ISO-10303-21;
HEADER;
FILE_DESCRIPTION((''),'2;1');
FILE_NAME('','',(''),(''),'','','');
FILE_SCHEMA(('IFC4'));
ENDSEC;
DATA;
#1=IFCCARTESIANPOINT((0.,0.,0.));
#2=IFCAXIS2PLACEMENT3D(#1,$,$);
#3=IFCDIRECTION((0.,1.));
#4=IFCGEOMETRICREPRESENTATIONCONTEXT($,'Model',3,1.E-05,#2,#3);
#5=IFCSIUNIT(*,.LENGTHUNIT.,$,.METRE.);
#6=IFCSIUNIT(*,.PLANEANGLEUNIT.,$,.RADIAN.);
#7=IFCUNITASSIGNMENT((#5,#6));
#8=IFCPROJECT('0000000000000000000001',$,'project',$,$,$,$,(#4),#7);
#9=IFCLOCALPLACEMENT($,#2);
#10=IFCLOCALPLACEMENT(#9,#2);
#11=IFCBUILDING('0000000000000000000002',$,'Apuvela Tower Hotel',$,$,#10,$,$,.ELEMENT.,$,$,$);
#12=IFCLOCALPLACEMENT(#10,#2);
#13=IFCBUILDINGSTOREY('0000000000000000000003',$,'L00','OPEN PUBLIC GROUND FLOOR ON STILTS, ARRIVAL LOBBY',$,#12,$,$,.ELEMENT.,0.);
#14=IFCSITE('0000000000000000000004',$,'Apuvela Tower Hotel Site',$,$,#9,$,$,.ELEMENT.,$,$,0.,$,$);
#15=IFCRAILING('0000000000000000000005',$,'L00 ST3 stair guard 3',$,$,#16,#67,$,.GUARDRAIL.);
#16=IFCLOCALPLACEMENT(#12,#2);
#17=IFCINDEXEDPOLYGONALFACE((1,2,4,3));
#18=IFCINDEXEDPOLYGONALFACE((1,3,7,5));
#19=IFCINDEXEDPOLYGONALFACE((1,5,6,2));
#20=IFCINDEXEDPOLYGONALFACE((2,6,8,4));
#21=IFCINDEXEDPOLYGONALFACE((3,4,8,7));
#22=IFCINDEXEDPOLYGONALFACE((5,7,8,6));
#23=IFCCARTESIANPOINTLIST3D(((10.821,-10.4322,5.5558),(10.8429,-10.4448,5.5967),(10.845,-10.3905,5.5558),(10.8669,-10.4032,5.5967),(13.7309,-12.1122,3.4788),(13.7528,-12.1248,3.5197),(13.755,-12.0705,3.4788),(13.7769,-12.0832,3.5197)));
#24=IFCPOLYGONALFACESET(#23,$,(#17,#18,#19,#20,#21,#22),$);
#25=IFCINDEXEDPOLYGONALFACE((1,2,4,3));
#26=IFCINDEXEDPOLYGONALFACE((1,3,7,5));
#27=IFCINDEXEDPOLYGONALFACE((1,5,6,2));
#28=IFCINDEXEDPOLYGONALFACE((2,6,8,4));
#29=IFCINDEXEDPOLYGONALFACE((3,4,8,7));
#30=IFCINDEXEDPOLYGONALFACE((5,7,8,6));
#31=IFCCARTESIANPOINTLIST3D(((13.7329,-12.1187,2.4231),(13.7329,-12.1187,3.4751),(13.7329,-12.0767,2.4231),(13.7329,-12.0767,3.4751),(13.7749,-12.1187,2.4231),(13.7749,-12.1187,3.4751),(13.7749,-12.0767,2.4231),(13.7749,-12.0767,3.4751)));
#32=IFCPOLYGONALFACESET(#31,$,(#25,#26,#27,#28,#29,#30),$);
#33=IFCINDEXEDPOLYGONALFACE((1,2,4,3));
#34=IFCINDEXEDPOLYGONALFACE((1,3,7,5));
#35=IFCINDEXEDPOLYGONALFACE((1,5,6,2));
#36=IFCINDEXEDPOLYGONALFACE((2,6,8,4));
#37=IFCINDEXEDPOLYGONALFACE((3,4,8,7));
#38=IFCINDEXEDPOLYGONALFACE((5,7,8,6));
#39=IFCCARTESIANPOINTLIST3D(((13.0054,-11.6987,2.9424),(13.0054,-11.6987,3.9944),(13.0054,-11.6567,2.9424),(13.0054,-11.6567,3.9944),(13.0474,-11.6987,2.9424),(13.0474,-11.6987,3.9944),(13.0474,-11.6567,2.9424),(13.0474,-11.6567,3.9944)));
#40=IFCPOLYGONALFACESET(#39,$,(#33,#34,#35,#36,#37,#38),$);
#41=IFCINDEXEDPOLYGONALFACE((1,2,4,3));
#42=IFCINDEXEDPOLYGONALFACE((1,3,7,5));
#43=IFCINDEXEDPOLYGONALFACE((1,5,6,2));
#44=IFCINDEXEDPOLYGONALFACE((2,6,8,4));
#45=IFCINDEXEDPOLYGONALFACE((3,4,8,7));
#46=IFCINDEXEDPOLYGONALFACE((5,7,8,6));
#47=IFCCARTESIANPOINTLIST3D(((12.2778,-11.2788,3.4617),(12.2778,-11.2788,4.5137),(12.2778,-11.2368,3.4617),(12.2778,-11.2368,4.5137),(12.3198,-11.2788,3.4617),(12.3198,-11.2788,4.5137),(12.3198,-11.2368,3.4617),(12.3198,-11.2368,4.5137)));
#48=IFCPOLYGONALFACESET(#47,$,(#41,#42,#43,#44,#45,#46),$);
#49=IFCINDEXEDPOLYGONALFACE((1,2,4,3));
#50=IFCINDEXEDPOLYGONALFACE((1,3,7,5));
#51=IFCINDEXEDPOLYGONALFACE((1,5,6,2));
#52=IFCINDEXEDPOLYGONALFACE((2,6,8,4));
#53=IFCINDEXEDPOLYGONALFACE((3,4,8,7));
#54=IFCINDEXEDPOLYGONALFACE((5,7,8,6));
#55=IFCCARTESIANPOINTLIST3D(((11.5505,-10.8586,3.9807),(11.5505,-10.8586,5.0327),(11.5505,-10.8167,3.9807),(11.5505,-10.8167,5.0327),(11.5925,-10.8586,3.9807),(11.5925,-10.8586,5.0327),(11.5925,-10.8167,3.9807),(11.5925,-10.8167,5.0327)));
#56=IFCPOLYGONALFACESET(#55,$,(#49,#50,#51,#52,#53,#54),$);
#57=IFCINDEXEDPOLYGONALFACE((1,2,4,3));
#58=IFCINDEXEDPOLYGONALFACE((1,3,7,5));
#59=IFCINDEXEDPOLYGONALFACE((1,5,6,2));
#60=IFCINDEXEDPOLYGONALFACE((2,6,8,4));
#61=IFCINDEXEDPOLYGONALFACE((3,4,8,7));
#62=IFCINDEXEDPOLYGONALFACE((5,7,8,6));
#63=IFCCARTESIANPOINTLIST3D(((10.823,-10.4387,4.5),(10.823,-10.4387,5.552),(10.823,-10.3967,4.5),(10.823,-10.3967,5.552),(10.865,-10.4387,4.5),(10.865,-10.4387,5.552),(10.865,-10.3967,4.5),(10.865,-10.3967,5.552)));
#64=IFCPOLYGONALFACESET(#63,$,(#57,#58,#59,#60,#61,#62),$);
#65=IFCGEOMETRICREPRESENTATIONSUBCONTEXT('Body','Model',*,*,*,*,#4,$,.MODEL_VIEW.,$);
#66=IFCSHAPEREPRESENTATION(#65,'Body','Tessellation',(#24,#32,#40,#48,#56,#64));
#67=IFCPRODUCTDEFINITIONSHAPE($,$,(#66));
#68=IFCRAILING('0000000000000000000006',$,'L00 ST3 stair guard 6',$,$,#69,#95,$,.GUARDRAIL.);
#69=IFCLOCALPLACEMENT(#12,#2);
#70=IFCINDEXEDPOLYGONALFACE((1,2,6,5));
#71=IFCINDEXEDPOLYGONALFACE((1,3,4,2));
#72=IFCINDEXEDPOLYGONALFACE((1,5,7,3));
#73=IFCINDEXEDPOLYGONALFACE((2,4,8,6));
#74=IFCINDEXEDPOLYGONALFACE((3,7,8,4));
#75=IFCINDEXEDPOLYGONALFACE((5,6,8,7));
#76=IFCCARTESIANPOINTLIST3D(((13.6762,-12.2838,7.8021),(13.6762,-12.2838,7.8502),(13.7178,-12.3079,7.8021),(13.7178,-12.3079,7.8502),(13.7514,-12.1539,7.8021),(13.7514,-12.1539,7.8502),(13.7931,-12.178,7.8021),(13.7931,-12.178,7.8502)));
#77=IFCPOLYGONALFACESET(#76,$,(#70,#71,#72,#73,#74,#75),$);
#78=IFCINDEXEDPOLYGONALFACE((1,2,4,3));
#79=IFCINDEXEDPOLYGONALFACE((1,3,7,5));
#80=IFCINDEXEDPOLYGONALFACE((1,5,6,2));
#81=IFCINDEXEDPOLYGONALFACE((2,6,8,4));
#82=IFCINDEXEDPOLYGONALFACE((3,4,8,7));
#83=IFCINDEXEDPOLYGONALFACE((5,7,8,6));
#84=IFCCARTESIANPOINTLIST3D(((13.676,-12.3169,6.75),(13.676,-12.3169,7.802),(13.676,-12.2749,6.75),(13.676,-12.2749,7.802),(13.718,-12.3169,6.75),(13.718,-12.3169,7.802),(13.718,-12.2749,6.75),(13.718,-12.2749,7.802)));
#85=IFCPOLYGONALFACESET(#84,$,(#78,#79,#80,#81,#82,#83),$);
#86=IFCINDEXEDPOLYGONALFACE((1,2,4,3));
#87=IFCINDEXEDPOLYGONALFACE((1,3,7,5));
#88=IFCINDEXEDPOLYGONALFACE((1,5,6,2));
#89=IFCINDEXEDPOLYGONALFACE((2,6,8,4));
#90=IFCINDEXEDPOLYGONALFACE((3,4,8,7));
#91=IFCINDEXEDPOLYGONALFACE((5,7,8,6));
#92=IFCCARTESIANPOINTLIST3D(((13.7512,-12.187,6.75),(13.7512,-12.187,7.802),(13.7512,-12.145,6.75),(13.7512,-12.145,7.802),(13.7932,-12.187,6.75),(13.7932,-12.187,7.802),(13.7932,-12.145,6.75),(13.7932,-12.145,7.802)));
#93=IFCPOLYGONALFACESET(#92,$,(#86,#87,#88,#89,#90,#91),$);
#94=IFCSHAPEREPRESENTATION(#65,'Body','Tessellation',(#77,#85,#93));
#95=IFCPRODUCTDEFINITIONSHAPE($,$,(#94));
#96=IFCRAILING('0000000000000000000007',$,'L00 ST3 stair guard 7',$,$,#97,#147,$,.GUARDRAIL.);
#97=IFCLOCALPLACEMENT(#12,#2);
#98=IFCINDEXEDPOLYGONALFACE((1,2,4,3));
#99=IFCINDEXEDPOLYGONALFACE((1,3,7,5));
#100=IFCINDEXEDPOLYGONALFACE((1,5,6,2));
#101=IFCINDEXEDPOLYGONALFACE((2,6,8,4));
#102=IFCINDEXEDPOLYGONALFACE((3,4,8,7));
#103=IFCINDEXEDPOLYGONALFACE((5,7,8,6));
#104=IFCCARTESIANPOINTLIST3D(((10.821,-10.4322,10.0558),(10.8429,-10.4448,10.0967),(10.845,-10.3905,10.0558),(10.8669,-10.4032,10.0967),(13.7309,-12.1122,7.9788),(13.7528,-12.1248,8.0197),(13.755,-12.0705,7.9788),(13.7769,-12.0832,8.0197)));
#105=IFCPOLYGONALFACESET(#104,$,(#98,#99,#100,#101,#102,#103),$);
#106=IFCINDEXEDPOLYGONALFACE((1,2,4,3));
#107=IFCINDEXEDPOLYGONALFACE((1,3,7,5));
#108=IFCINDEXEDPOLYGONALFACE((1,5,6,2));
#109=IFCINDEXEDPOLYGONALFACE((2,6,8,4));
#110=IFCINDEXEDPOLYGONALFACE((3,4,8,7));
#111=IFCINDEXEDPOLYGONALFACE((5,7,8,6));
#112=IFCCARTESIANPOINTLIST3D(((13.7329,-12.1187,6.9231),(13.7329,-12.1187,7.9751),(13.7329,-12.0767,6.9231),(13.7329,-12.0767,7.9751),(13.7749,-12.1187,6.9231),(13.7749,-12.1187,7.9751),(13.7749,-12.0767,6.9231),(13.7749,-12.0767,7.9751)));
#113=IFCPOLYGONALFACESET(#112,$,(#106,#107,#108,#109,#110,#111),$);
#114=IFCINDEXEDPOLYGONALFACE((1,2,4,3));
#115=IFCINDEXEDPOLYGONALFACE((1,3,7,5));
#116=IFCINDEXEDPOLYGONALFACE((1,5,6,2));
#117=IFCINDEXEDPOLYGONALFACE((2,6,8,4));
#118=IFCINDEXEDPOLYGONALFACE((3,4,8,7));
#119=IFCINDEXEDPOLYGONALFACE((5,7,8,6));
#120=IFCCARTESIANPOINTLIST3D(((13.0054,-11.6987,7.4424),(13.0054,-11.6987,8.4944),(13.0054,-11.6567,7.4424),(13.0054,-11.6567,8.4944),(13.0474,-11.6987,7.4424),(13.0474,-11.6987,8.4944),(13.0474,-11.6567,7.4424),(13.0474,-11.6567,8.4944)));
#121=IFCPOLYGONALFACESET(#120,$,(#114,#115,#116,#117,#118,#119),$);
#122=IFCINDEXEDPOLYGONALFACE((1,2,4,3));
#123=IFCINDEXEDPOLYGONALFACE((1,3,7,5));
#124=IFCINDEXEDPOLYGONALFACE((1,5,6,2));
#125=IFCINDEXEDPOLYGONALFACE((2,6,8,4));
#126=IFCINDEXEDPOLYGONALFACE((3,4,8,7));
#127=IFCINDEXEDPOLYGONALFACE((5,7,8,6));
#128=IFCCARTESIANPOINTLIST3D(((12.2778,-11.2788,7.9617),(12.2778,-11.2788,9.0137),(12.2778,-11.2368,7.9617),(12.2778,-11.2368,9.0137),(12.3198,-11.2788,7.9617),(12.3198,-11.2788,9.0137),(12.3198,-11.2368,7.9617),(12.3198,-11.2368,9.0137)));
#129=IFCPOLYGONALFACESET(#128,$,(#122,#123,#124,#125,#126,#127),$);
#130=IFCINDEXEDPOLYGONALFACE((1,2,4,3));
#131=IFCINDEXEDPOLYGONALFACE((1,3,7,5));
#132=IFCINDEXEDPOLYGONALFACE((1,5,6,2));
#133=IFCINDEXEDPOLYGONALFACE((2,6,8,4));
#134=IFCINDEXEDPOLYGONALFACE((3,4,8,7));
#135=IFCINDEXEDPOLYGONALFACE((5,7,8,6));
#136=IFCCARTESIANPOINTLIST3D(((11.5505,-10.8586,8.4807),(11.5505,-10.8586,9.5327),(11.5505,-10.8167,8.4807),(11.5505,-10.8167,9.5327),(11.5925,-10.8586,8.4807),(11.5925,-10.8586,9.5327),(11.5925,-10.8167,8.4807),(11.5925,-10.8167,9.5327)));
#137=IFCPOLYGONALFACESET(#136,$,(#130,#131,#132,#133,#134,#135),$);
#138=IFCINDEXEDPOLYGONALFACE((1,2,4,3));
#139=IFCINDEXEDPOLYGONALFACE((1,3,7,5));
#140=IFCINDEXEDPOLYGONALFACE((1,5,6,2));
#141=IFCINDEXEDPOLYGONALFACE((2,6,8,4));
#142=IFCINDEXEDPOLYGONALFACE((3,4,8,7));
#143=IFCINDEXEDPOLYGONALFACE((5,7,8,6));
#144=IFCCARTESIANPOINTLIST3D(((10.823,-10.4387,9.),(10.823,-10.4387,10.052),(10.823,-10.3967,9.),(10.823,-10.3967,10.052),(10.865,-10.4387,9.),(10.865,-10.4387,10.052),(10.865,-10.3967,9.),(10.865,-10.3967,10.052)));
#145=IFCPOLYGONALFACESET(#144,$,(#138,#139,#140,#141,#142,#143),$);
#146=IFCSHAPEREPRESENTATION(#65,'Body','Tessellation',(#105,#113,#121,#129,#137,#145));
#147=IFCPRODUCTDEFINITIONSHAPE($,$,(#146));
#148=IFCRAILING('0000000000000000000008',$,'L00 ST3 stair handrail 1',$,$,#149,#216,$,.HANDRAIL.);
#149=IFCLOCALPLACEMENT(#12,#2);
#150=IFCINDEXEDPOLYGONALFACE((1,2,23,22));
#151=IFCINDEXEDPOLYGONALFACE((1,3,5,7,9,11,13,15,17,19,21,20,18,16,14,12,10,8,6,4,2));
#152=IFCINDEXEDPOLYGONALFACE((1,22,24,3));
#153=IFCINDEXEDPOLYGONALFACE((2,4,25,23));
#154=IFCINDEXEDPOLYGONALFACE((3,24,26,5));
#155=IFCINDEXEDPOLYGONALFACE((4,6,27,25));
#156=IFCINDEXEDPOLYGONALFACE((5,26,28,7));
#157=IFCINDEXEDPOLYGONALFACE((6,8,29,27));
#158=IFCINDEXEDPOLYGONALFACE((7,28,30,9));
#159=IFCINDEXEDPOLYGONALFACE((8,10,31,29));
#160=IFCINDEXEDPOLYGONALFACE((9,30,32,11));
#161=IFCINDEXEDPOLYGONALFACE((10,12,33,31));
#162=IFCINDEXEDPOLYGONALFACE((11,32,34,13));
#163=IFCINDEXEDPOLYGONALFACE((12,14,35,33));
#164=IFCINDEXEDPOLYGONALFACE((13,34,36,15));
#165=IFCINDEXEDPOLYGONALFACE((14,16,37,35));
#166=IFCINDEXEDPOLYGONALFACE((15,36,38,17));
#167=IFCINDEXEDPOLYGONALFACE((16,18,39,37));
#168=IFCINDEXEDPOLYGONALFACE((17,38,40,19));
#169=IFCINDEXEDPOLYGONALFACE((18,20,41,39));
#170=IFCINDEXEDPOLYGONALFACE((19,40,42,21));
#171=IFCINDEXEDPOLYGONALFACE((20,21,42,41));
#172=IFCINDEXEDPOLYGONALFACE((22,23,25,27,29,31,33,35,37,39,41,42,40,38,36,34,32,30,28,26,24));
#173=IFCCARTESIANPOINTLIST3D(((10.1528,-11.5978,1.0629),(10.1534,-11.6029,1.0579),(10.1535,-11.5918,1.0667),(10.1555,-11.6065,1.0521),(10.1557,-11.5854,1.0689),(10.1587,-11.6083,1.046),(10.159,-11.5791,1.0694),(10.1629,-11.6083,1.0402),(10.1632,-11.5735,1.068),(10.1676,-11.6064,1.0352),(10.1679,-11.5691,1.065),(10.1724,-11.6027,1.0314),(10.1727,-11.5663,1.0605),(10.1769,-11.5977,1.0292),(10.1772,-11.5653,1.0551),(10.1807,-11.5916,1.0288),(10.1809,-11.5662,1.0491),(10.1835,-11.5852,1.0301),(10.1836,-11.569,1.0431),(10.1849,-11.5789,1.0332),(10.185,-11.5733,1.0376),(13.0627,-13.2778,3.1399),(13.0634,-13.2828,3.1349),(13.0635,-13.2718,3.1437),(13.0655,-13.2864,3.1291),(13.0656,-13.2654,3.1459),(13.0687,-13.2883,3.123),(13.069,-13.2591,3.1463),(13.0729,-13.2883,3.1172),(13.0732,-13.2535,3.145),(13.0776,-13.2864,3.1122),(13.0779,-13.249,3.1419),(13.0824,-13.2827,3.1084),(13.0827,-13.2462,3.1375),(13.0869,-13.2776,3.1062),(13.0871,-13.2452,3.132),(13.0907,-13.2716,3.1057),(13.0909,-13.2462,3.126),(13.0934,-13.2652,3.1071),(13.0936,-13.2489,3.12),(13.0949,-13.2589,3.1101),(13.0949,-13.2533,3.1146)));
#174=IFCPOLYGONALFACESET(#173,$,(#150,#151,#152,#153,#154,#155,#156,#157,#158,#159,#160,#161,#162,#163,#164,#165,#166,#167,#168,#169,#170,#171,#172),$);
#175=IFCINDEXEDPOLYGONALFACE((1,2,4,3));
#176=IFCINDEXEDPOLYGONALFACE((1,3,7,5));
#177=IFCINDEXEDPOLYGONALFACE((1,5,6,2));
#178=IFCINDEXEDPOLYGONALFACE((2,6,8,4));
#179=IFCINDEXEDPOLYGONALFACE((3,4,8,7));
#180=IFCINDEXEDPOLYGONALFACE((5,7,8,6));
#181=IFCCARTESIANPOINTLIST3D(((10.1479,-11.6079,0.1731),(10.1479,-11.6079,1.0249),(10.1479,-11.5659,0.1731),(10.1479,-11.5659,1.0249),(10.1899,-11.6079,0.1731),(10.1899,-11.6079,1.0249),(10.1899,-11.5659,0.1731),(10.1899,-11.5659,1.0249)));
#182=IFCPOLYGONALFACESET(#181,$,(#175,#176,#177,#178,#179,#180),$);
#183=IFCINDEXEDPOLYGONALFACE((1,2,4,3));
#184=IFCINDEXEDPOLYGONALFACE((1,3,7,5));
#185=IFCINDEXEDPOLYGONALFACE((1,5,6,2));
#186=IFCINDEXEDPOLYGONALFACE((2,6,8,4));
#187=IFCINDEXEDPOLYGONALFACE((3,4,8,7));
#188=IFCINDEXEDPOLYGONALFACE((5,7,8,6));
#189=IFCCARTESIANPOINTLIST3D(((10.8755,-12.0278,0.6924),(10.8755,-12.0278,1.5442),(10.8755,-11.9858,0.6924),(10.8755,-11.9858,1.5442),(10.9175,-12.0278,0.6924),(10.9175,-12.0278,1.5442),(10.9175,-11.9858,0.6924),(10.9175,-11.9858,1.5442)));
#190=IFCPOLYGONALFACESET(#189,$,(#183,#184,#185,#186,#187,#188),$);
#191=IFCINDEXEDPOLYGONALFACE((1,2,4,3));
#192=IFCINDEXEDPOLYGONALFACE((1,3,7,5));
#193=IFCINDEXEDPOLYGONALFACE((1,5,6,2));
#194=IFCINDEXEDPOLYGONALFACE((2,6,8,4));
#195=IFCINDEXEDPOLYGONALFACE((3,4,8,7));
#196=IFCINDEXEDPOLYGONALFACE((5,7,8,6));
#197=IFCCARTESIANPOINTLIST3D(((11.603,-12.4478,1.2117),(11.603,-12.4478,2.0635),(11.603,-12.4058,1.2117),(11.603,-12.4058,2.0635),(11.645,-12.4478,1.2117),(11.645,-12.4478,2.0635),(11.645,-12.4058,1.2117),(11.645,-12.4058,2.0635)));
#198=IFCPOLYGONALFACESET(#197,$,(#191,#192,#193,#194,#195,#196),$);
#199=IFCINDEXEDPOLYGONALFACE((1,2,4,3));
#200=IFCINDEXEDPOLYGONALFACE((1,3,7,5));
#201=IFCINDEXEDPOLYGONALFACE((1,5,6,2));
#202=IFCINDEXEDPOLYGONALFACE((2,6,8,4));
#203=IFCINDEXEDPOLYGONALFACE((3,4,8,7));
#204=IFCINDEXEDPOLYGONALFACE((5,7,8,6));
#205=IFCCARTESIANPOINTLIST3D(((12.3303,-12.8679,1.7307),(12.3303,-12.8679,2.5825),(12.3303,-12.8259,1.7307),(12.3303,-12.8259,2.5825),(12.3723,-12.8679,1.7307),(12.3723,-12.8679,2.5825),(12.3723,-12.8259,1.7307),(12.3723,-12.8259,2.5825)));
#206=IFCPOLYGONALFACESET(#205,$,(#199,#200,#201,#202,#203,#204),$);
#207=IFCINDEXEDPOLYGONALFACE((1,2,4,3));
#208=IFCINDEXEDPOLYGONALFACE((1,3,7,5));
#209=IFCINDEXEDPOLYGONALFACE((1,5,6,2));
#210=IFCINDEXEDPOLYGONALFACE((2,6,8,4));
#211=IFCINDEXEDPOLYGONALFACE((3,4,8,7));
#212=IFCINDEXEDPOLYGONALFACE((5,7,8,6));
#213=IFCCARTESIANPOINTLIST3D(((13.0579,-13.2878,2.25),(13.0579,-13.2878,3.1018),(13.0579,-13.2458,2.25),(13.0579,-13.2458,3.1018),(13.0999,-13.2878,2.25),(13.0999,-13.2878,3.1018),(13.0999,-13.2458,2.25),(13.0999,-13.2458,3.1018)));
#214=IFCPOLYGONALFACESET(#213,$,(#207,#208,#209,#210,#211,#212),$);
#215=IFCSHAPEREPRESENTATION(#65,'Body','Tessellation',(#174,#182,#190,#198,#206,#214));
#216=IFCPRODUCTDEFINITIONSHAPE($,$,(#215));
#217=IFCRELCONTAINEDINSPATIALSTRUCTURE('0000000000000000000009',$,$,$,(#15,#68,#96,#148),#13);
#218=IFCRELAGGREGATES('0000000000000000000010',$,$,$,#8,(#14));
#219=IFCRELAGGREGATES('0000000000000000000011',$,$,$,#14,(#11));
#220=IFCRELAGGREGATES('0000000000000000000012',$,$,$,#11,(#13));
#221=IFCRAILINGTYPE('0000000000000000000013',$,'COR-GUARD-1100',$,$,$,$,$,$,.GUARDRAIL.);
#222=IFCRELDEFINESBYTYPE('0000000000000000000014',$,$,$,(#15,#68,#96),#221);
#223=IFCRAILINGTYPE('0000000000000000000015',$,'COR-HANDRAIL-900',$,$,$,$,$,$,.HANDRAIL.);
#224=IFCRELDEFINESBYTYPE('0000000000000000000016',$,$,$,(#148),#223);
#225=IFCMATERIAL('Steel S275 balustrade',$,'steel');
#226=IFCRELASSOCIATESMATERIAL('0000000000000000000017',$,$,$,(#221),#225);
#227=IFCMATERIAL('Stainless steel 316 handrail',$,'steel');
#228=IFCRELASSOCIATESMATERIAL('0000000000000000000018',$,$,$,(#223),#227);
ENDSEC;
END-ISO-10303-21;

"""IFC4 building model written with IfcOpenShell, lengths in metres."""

from ifc_helpers import new_model, si_unit, direction, frame, origin, origin_2d, place, context, subcontext, project, spatial, rectangle, circle, extrude, material, type_object, element, save


model = new_model("IFC4")

# Units and contexts
model_context = context("Model", 3, precision=1e-05, world=origin(), true_north=direction((0.0, 1.0)))
body_context = subcontext(model_context, "Body", "Model", "MODEL_VIEW")
ifc_project = project(units=[si_unit("LENGTHUNIT", "METRE"), si_unit("PLANEANGLEUNIT", "RADIAN")], contexts=[model_context])

# Site, building, storey
site_placement = place(None, origin())
site = spatial("IfcSite", under=ifc_project, at=site_placement, Name="Apuvela Tower Hotel Site", CompositionType="ELEMENT", RefElevation=0.0)
building_placement = place(site_placement, origin())
building = spatial("IfcBuilding", under=site, at=building_placement, Name="Apuvela Tower Hotel", CompositionType="ELEMENT")
storey_placement = place(building_placement, origin())
storey = spatial("IfcBuildingStorey", under=building, at=storey_placement, Name="L00", Description="OPEN PUBLIC GROUND FLOOR ON STILTS, ARRIVAL LOBBY", CompositionType="ELEMENT", Elevation=0.0)

# Railings
ifc_material_1 = material(Name="Steel S275 balustrade", Category="steel")
railing_type_1 = type_object("IfcRailingType", Name="COR-GUARD-1100", PredefinedType="GUARDRAIL", material=ifc_material_1)
railing_1_placement = place(storey_placement, frame((13.7539, -12.0977, 2.4231)))
element("IfcRailing", 1, at=railing_1_placement, inside=storey, type_object=railing_type_1, Name="L00 ST3 stair guard 3", PredefinedType="GUARDRAIL", context=body_context, shape_type="SweptSolid", body=[
    extrude(rectangle(XDim=0.0481, YDim=0.0481, at=origin_2d()), frame((0.0, 0.0, 1.0762), z_axis=(-0.736668, 0.425288, 0.525785), x_axis=(-0.499976, -0.866039, 0.0)), (0.0, 0.0, 1.0), 3.9502),
    extrude(rectangle(XDim=0.042, YDim=0.042, at=origin_2d()), origin(), (0.0, 0.0, 1.0), 1.052),
    extrude(rectangle(XDim=0.042, YDim=0.042, at=origin_2d()), frame((-0.7275, 0.4199, 0.5193)), (0.0, 0.0, 1.0), 1.052),
    extrude(rectangle(XDim=0.042, YDim=0.042, at=origin_2d()), frame((-1.4551, 0.8398, 1.0386)), (0.0, 0.0, 1.0), 1.052),
    extrude(rectangle(XDim=0.042, YDim=0.042, at=origin_2d()), frame((-2.1824, 1.26, 1.5576)), (0.0, 0.0, 1.0), 1.052),
    extrude(rectangle(XDim=0.042, YDim=0.042, at=origin_2d()), frame((-2.9099, 1.6799, 2.0769)), (0.0, 0.0, 1.0), 1.052),
])
railing_2_placement = place(storey_placement, frame((13.697, -12.2959, 6.75)))
element("IfcRailing", 2, at=railing_2_placement, inside=storey, type_object=railing_type_1, Name="L00 ST3 stair guard 6", PredefinedType="GUARDRAIL", context=body_context, shape_type="SweptSolid", body=[
    extrude(rectangle(XDim=0.0481, YDim=0.0481, at=origin_2d()), frame((0.0, 0.0, 1.0762), z_axis=(0.501036, 0.865426, 0.0), x_axis=(-0.865426, 0.501036, 0.0)), (0.0, 0.0, 1.0), 0.1501),
    extrude(rectangle(XDim=0.042, YDim=0.042, at=origin_2d()), origin(), (0.0, 0.0, 1.0), 1.052),
    extrude(rectangle(XDim=0.042, YDim=0.042, at=origin_2d()), frame((0.0752, 0.1299, 0.0)), (0.0, 0.0, 1.0), 1.052),
])
railing_3_placement = place(storey_placement, frame((13.7539, -12.0977, 6.9231)))
element("IfcRailing", 3, at=railing_3_placement, inside=storey, type_object=railing_type_1, Name="L00 ST3 stair guard 7", PredefinedType="GUARDRAIL", context=body_context, shape_type="SweptSolid", body=[
    extrude(rectangle(XDim=0.0481, YDim=0.0481, at=origin_2d()), frame((0.0, 0.0, 1.0762), z_axis=(-0.736668, 0.425288, 0.525785), x_axis=(-0.499976, -0.866039, 0.0)), (0.0, 0.0, 1.0), 3.9502),
    extrude(rectangle(XDim=0.042, YDim=0.042, at=origin_2d()), origin(), (0.0, 0.0, 1.0), 1.052),
    extrude(rectangle(XDim=0.042, YDim=0.042, at=origin_2d()), frame((-0.7275, 0.4199, 0.5193)), (0.0, 0.0, 1.0), 1.052),
    extrude(rectangle(XDim=0.042, YDim=0.042, at=origin_2d()), frame((-1.4551, 0.8398, 1.0386)), (0.0, 0.0, 1.0), 1.052),
    extrude(rectangle(XDim=0.042, YDim=0.042, at=origin_2d()), frame((-2.1824, 1.26, 1.5576)), (0.0, 0.0, 1.0), 1.052),
    extrude(rectangle(XDim=0.042, YDim=0.042, at=origin_2d()), frame((-2.9099, 1.6799, 2.0769)), (0.0, 0.0, 1.0), 1.052),
])
ifc_material_2 = material(Name="Stainless steel 316 handrail", Category="steel")
railing_type_2 = type_object("IfcRailingType", Name="COR-HANDRAIL-900", PredefinedType="HANDRAIL", material=ifc_material_2)
for number, where, name in (
    (4, (10.1689, -11.5869, 0.1731), "L00 ST3 stair handrail 1"),
):
    element("IfcRailing", number, at=place(storey_placement, frame(where)), inside=storey, type_object=railing_type_2, Name=name, PredefinedType="HANDRAIL", context=body_context, shape_type="SweptSolid", body=[
        extrude(circle(Radius=0.0239, at=origin_2d()), frame((0.0, 0.0, 0.876), z_axis=(0.736668, -0.425288, 0.525785), x_axis=(0.499976, 0.866039, 0.0)), (0.0, 0.0, 1.0), 3.9502),
        extrude(rectangle(XDim=0.042, YDim=0.042, at=origin_2d()), origin(), (0.0, 0.0, 1.0), 0.8518),
        extrude(rectangle(XDim=0.042, YDim=0.042, at=origin_2d()), frame((0.7275, -0.4199, 0.5193)), (0.0, 0.0, 1.0), 0.8518),
        extrude(rectangle(XDim=0.042, YDim=0.042, at=origin_2d()), frame((1.4551, -0.8398, 1.0386)), (0.0, 0.0, 1.0), 0.8518),
        extrude(rectangle(XDim=0.042, YDim=0.042, at=origin_2d()), frame((2.1824, -1.26, 1.5576)), (0.0, 0.0, 1.0), 0.8518),
        extrude(rectangle(XDim=0.042, YDim=0.042, at=origin_2d()), frame((2.9099, -1.6799, 2.0769)), (0.0, 0.0, 1.0), 0.8518),
    ])

save(model, "model.ifc")
